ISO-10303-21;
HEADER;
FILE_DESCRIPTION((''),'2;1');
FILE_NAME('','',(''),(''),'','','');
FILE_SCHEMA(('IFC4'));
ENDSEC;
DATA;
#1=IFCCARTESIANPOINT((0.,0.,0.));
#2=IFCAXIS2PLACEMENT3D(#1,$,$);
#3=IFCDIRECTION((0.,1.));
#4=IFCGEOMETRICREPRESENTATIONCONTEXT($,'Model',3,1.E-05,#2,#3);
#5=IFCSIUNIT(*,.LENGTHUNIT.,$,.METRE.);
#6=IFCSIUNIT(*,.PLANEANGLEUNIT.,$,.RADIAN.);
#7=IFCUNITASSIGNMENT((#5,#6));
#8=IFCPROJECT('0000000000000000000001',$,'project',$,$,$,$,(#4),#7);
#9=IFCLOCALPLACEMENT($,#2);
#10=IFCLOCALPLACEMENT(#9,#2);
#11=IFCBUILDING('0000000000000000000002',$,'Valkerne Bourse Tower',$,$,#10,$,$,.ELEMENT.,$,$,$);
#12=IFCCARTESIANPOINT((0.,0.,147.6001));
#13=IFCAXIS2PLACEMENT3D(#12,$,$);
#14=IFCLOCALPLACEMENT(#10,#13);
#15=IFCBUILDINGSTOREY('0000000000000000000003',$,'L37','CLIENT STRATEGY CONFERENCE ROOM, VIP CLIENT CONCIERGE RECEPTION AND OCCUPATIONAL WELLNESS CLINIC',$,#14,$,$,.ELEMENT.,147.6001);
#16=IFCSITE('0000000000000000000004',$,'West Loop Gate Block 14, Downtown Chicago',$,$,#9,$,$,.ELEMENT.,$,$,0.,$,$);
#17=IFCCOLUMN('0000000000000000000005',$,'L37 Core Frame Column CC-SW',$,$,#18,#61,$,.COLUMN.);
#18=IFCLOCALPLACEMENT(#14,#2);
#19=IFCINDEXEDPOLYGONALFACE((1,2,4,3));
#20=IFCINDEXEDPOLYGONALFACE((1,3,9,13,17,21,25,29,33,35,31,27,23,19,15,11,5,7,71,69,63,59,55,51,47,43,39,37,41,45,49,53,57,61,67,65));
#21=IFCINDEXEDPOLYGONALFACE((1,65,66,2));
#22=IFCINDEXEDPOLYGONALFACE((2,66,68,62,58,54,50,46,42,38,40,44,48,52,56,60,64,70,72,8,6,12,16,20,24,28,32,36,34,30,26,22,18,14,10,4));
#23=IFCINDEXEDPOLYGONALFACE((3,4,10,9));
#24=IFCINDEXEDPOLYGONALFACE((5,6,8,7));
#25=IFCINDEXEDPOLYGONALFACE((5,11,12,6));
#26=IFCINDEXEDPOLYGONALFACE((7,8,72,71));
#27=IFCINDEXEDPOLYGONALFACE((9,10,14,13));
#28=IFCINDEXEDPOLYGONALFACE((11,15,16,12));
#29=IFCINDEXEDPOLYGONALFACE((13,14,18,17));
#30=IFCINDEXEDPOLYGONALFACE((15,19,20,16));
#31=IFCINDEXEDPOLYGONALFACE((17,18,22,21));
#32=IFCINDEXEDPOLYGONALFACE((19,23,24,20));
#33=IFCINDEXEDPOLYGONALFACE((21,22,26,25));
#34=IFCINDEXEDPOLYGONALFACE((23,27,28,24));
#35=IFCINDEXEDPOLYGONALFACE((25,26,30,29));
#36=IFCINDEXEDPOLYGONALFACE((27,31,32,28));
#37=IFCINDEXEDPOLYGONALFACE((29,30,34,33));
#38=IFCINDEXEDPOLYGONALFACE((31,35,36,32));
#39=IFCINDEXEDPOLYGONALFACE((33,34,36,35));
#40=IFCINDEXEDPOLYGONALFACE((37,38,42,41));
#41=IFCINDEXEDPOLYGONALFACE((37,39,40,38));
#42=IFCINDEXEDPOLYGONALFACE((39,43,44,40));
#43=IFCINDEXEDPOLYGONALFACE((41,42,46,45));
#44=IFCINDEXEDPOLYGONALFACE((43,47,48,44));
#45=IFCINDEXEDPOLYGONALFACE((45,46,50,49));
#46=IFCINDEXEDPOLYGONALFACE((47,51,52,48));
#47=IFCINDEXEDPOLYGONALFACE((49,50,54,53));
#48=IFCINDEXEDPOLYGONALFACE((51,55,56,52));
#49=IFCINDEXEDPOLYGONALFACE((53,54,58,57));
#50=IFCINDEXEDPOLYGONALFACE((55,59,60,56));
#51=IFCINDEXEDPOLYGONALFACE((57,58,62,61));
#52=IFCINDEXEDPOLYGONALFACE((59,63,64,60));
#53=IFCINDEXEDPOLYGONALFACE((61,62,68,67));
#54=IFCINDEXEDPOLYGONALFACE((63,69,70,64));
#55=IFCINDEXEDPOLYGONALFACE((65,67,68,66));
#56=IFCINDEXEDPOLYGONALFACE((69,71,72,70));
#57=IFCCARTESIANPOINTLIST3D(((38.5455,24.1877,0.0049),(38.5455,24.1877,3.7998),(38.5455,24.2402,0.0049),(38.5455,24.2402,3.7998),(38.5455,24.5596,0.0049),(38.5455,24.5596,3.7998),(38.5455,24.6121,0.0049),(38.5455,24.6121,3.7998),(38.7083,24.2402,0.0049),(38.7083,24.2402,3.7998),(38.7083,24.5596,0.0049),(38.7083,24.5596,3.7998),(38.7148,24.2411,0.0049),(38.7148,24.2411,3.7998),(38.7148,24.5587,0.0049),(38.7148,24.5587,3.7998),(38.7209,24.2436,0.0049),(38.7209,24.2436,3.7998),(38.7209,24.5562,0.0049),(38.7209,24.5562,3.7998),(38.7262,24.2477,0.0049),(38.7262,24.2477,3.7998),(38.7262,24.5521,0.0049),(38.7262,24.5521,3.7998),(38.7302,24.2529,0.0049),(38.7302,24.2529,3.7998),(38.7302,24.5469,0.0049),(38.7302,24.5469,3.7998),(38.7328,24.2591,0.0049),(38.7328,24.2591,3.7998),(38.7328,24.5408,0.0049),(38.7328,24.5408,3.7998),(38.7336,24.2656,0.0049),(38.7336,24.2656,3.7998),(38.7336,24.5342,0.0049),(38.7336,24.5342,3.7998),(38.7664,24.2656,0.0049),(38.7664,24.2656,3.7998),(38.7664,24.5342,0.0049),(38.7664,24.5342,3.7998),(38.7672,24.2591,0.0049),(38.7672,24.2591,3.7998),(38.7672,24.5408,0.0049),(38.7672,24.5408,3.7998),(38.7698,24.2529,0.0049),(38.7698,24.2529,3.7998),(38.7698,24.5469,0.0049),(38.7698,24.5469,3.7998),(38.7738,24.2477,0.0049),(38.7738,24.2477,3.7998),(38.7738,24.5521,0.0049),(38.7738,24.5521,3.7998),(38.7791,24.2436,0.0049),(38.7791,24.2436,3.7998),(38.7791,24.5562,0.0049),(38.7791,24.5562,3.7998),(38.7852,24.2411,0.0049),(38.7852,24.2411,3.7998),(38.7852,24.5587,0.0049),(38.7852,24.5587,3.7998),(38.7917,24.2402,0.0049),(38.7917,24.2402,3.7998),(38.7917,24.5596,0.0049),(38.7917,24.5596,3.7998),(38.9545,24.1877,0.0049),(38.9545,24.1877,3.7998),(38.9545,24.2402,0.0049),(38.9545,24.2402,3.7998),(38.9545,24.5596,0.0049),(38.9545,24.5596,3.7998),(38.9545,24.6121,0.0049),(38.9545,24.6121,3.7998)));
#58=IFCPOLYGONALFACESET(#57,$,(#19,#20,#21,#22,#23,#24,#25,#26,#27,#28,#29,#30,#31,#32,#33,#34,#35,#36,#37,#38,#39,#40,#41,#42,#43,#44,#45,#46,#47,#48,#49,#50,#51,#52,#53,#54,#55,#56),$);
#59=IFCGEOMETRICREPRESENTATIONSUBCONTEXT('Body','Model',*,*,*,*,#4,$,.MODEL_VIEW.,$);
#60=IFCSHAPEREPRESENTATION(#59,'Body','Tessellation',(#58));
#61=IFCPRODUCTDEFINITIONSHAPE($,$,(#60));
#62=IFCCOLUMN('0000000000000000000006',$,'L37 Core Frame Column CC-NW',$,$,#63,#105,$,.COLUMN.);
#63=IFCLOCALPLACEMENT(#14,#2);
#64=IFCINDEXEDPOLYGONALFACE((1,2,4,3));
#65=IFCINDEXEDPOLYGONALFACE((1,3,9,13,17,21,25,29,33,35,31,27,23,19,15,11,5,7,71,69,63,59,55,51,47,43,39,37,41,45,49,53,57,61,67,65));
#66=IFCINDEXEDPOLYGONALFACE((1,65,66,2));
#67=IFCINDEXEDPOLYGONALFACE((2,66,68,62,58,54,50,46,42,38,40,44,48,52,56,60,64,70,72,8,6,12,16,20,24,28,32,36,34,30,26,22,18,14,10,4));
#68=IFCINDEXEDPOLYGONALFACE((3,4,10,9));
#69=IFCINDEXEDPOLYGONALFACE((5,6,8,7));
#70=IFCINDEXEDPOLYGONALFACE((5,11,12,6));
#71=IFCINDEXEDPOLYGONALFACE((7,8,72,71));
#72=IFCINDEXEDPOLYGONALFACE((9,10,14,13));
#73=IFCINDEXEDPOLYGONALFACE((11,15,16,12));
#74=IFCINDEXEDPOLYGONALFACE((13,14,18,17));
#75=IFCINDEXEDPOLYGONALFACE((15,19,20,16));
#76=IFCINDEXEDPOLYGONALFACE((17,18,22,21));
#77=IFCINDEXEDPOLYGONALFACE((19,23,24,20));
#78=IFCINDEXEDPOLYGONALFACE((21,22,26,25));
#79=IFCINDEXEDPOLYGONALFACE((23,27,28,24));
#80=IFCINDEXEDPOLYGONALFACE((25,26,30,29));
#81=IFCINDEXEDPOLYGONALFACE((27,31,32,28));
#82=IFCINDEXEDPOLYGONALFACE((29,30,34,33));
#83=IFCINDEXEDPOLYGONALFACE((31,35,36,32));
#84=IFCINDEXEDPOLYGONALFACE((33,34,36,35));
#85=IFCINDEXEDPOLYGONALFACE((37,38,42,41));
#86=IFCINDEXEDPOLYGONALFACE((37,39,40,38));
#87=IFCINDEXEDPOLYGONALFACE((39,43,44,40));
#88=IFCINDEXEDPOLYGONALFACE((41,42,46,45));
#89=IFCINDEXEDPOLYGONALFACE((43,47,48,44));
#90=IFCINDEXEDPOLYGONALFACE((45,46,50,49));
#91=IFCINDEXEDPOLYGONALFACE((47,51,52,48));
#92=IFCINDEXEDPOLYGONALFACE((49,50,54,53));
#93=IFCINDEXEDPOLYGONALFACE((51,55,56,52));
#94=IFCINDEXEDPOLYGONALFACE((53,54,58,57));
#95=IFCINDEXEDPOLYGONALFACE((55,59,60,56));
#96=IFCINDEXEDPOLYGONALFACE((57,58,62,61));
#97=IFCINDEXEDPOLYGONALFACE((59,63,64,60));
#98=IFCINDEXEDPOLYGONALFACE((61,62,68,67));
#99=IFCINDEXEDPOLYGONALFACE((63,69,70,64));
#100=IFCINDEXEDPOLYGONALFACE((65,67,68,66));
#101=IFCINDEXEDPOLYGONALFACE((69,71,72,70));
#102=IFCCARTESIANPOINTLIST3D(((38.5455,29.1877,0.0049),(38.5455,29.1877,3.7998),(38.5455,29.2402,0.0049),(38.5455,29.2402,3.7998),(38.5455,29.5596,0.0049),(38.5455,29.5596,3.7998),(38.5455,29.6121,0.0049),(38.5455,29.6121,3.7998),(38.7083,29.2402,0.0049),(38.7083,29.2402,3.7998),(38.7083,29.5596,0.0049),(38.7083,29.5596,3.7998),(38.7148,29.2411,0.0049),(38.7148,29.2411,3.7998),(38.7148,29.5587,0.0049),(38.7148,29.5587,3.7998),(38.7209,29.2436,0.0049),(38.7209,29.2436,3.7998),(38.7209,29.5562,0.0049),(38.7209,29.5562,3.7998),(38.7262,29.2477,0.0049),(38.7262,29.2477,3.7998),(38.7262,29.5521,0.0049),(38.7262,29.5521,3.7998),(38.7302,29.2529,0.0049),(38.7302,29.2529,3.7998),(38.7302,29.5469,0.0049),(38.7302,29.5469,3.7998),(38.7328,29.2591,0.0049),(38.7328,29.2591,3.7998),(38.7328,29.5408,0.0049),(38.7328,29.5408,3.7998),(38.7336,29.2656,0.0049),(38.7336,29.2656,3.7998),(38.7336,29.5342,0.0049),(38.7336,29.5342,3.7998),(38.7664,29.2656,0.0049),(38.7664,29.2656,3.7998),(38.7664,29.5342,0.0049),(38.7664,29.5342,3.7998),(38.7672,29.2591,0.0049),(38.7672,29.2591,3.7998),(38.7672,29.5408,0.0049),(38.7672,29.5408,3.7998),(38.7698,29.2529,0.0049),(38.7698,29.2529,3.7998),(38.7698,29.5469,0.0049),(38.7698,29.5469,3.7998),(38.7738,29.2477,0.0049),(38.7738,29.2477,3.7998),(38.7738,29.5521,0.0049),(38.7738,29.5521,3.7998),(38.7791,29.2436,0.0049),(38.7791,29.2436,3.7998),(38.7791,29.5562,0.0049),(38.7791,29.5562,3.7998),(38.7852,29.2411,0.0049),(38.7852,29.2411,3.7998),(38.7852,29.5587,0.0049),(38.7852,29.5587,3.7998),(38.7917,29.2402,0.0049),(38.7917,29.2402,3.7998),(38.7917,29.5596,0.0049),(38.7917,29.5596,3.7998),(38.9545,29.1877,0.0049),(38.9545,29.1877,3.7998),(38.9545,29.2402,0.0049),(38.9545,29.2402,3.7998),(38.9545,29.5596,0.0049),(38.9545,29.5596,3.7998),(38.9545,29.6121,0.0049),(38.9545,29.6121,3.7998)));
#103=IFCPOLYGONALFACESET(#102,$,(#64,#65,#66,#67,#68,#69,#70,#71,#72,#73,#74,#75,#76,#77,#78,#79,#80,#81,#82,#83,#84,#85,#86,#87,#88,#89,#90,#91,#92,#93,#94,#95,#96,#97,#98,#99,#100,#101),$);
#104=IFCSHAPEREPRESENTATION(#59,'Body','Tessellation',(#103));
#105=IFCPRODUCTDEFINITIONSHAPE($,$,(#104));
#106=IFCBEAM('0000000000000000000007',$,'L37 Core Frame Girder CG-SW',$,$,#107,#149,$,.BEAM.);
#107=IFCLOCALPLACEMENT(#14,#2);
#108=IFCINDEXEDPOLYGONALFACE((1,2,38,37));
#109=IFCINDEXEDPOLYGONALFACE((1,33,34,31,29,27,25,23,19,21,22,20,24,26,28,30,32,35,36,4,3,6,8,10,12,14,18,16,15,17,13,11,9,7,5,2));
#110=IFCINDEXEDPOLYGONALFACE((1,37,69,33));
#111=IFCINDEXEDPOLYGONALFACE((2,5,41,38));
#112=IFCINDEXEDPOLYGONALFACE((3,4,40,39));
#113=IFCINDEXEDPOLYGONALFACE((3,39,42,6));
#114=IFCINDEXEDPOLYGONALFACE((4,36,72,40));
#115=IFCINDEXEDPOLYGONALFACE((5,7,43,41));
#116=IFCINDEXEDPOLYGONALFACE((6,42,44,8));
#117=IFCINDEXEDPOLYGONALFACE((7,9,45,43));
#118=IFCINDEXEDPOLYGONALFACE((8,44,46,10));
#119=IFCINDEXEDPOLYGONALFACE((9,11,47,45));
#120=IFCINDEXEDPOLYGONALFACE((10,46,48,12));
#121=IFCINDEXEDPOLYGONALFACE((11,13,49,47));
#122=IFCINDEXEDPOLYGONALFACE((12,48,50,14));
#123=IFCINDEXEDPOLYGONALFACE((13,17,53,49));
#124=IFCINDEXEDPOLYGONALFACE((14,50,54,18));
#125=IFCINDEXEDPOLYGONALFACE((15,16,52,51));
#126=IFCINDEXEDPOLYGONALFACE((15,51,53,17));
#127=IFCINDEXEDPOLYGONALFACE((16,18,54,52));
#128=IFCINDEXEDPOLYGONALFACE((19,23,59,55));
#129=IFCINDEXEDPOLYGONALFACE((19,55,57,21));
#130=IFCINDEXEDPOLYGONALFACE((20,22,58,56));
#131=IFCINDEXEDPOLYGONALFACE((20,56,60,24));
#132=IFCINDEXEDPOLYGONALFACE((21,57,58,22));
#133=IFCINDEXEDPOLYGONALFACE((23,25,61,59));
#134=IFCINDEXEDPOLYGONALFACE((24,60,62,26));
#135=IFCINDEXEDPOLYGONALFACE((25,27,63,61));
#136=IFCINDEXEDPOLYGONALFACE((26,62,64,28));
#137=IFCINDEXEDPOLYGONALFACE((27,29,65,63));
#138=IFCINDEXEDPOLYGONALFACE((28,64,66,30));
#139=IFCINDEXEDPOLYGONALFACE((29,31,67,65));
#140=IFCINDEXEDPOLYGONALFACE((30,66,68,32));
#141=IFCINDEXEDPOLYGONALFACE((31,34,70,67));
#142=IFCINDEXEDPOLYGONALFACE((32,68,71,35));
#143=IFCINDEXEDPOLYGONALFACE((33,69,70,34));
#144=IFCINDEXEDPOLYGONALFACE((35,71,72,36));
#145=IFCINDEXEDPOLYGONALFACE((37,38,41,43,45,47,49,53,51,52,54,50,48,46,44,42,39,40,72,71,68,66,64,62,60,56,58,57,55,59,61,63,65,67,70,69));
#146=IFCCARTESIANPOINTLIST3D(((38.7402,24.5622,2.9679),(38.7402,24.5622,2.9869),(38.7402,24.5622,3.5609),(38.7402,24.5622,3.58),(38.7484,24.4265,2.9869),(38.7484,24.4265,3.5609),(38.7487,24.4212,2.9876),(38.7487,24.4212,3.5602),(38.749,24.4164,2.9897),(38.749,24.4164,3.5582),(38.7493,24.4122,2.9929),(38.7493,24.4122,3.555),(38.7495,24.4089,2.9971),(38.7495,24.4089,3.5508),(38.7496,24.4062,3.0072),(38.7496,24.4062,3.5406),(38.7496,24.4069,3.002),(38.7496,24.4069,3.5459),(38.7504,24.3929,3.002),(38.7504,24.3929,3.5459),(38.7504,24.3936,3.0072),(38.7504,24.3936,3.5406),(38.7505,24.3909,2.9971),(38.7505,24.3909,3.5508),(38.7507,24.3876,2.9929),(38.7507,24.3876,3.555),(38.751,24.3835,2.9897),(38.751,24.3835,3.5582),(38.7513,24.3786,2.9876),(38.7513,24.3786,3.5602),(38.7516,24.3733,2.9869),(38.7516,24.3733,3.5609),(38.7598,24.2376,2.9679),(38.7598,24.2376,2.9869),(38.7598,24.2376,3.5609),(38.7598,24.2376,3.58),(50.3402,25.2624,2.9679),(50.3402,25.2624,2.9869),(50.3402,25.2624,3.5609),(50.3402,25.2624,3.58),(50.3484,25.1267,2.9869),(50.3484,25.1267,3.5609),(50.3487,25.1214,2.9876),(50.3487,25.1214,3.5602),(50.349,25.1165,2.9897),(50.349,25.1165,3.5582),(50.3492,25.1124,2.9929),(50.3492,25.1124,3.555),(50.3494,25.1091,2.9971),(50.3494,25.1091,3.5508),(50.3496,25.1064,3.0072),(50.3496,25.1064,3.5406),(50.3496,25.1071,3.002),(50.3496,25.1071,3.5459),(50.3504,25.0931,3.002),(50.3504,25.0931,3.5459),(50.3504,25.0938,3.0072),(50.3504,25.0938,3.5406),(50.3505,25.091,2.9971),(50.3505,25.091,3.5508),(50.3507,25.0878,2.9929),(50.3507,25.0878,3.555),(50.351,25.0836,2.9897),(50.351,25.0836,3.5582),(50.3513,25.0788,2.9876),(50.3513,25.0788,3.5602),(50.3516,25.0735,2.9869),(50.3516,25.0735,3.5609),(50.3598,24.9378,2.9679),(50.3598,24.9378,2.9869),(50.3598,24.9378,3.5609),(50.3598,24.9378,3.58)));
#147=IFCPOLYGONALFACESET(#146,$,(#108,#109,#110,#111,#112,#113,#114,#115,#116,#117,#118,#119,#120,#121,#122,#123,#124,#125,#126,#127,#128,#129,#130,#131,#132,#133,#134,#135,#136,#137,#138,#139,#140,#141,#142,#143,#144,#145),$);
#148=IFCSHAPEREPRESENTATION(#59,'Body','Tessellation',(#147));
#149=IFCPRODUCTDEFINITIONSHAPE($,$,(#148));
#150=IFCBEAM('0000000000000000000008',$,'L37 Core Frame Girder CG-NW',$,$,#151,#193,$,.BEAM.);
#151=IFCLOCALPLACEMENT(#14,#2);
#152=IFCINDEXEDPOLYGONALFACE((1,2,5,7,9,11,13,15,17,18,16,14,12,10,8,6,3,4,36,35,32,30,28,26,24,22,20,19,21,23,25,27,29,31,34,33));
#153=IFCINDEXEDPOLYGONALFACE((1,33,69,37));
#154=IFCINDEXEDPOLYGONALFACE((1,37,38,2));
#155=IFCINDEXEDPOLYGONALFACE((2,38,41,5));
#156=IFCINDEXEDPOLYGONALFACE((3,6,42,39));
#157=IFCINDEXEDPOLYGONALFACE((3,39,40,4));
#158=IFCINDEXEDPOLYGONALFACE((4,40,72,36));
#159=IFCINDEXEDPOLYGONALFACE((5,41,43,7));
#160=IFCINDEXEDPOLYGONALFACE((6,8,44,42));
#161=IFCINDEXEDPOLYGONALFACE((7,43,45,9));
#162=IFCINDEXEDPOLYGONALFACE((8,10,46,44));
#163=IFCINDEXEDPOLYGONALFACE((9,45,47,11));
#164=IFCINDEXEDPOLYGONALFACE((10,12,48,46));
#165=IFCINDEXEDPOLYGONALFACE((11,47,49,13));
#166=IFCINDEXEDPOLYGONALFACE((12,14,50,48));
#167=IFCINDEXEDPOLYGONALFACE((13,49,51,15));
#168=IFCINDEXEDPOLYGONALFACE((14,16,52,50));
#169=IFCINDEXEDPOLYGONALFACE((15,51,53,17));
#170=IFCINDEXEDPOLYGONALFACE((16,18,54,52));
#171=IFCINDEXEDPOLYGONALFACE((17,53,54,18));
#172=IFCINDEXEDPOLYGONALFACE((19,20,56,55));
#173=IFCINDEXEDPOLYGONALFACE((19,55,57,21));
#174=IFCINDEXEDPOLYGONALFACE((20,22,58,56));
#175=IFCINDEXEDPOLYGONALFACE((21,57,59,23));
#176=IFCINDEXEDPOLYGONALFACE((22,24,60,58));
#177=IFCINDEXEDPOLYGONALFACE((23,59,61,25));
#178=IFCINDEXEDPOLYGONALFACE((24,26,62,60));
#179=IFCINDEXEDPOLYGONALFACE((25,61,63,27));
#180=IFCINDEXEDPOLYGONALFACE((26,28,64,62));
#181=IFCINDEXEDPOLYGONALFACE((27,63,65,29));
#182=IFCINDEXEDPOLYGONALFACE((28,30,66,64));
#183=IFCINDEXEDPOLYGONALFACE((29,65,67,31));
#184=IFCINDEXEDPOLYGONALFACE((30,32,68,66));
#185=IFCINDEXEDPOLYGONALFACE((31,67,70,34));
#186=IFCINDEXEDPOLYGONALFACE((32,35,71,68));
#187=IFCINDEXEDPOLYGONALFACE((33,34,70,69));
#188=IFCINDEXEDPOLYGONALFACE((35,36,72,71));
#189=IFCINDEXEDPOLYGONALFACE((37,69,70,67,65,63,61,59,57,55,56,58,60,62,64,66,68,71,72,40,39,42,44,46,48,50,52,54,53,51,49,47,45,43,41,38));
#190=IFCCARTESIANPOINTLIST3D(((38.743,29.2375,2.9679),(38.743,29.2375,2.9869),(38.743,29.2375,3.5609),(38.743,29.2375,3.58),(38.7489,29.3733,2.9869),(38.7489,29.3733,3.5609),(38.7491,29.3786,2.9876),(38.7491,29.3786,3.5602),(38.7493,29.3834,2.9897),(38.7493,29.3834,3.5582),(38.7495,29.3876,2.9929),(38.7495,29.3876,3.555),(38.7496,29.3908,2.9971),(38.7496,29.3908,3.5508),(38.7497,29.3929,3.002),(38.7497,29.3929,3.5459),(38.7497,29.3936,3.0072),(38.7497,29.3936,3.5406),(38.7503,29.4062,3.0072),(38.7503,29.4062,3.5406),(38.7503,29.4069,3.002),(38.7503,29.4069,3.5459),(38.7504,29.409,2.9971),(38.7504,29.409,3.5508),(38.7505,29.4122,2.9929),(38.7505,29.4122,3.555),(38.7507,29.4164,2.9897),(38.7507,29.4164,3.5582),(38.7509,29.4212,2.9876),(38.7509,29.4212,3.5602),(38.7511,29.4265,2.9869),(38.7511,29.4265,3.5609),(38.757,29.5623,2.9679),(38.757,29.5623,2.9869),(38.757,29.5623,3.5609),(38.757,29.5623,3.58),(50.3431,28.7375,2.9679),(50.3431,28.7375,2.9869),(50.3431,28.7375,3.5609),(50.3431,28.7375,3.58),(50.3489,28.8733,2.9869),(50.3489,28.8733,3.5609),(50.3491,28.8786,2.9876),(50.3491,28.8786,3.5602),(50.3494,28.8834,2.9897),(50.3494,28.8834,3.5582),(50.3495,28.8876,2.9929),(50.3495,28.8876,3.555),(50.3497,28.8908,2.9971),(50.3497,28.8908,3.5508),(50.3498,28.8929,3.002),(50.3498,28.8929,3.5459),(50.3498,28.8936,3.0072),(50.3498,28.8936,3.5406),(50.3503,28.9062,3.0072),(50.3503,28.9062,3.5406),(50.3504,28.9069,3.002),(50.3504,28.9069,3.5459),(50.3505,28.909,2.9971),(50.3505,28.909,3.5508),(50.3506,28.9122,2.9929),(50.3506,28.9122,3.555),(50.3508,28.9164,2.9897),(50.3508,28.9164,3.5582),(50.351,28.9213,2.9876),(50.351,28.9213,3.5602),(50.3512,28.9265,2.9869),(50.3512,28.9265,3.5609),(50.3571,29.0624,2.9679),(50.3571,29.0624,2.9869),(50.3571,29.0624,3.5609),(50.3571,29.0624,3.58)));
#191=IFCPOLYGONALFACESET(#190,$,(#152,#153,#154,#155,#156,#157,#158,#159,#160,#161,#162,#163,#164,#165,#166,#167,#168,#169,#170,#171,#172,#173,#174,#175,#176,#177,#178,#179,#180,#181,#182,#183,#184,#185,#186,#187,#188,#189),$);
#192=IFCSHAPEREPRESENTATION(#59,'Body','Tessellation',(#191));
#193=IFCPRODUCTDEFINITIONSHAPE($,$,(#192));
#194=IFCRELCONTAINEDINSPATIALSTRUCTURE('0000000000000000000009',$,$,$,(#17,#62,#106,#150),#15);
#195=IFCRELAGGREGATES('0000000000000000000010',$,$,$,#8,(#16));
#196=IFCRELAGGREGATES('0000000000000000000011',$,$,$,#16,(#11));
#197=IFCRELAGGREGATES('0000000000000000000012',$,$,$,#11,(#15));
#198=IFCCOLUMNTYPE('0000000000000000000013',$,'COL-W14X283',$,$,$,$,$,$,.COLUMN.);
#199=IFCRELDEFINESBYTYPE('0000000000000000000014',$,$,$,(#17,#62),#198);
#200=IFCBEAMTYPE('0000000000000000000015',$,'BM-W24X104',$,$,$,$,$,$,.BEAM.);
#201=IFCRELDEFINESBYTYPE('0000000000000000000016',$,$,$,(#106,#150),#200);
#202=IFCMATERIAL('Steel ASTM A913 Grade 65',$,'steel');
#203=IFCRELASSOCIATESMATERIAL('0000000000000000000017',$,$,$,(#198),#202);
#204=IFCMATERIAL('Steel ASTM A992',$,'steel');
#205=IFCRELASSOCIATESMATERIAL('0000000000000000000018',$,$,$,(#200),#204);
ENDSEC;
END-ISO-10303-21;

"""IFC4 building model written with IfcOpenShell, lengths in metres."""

from ifc_helpers import new_model, si_unit, direction, frame, origin, origin_2d, place, context, subcontext, project, spatial, i_section, extrude, material, material_profile, profile_set, type_object, element, save


model = new_model("IFC4")

# Units and contexts
model_context = context("Model", 3, precision=1e-05, world=origin(), true_north=direction((0.0, 1.0)))
body_context = subcontext(model_context, "Body", "Model", "MODEL_VIEW")
ifc_project = project(units=[si_unit("LENGTHUNIT", "METRE"), si_unit("PLANEANGLEUNIT", "RADIAN")], contexts=[model_context])

# Site, building, storey
site_placement = place(None, origin())
site = spatial("IfcSite", under=ifc_project, at=site_placement, Name="West Loop Gate Block 14, Downtown Chicago", CompositionType="ELEMENT", RefElevation=0.0)
building_placement = place(site_placement, origin())
building = spatial("IfcBuilding", under=site, at=building_placement, Name="Valkerne Bourse Tower", CompositionType="ELEMENT")
storey_placement = place(building_placement, frame((0.0, 0.0, 147.6001)))
storey = spatial("IfcBuildingStorey", under=building, at=storey_placement, Name="L37", Description="CLIENT STRATEGY CONFERENCE ROOM, VIP CLIENT CONCIERGE RECEPTION AND OCCUPATIONAL WELLNESS CLINIC", CompositionType="ELEMENT", Elevation=147.6001)

# Columns
ifc_material_1 = material(Name="Steel ASTM A913 Grade 65", Category="steel")
ifc_material_profile_1 = material_profile(ifc_material_1, i_section(OverallWidth=0.4089, OverallDepth=0.4243, WebThickness=0.0327, FlangeThickness=0.0525, FilletRadius=0.0254, at=origin_2d()), Name="W14X283")
ifc_profile_set_1 = profile_set([ifc_material_profile_1], Name="Steel ASTM A913 Grade 65")
column_type = type_object("IfcColumnType", Name="COL-W14X283", PredefinedType="COLUMN", material=ifc_profile_set_1)
for number, where, z_axis, x_axis, name in (
    (1, (38.75, 24.3999, 0.0049), (0.0, 0.0, 1.0), (1.0, 0.0, 0.0), "L37 Core Frame Column CC-SW"),
    (2, (38.75, 29.3999, 0.0049), (0.0, 0.0, 1.0), (1.0, 0.0, 0.0), "L37 Core Frame Column CC-NW"),
):
    element("IfcColumn", number, at=place(storey_placement, frame(where, z_axis=z_axis, x_axis=x_axis)), inside=storey, type_object=column_type, Name=name, PredefinedType="COLUMN", context=body_context, shape_type="SweptSolid", body=[
        extrude(i_section(OverallWidth=0.4089, OverallDepth=0.4243, WebThickness=0.0327, FlangeThickness=0.0525, FilletRadius=0.0254, at=origin_2d()), origin(), (0.0, 0.0, 1.0), 3.7949),
    ])

# Beams
ifc_material_2 = material(Name="Steel ASTM A992", Category="steel")
ifc_material_profile_2 = material_profile(ifc_material_2, i_section(OverallWidth=0.3252, OverallDepth=0.6121, WebThickness=0.0127, FlangeThickness=0.019, FilletRadius=0.0203, at=origin_2d()), Name="W24X104")
ifc_profile_set_2 = profile_set([ifc_material_profile_2], Name="Steel ASTM A992")
beam_type = type_object("IfcBeamType", Name="BM-W24X104", PredefinedType="BEAM", material=ifc_profile_set_2)
beam_1_placement = place(storey_placement, frame((38.75, 24.3999, 3.2739), z_axis=(0.998183, 0.060251, 0.0), x_axis=(-0.060251, 0.998183, 0.0)))
element("IfcBeam", 3, at=beam_1_placement, inside=storey, type_object=beam_type, Name="L37 Core Frame Girder CG-SW", PredefinedType="BEAM", context=body_context, shape_type="SweptSolid", body=[
    extrude(i_section(OverallWidth=0.3252, OverallDepth=0.6121, WebThickness=0.0127, FlangeThickness=0.019, FilletRadius=0.0203, at=origin_2d()), origin(), (0.0, 0.0, 1.0), 11.6211),
])
beam_2_placement = place(storey_placement, frame((38.75, 29.3999, 3.2739), z_axis=(0.999072, -0.043063, 0.0), x_axis=(0.043063, 0.999072, 0.0)))
element("IfcBeam", 4, at=beam_2_placement, inside=storey, type_object=beam_type, Name="L37 Core Frame Girder CG-NW", PredefinedType="BEAM", context=body_context, shape_type="SweptSolid", body=[
    extrude(i_section(OverallWidth=0.3252, OverallDepth=0.6121, WebThickness=0.0127, FlangeThickness=0.019, FilletRadius=0.0203, at=origin_2d()), origin(), (0.0, 0.0, 1.0), 11.6108),
])

save(model, "model.ifc")
